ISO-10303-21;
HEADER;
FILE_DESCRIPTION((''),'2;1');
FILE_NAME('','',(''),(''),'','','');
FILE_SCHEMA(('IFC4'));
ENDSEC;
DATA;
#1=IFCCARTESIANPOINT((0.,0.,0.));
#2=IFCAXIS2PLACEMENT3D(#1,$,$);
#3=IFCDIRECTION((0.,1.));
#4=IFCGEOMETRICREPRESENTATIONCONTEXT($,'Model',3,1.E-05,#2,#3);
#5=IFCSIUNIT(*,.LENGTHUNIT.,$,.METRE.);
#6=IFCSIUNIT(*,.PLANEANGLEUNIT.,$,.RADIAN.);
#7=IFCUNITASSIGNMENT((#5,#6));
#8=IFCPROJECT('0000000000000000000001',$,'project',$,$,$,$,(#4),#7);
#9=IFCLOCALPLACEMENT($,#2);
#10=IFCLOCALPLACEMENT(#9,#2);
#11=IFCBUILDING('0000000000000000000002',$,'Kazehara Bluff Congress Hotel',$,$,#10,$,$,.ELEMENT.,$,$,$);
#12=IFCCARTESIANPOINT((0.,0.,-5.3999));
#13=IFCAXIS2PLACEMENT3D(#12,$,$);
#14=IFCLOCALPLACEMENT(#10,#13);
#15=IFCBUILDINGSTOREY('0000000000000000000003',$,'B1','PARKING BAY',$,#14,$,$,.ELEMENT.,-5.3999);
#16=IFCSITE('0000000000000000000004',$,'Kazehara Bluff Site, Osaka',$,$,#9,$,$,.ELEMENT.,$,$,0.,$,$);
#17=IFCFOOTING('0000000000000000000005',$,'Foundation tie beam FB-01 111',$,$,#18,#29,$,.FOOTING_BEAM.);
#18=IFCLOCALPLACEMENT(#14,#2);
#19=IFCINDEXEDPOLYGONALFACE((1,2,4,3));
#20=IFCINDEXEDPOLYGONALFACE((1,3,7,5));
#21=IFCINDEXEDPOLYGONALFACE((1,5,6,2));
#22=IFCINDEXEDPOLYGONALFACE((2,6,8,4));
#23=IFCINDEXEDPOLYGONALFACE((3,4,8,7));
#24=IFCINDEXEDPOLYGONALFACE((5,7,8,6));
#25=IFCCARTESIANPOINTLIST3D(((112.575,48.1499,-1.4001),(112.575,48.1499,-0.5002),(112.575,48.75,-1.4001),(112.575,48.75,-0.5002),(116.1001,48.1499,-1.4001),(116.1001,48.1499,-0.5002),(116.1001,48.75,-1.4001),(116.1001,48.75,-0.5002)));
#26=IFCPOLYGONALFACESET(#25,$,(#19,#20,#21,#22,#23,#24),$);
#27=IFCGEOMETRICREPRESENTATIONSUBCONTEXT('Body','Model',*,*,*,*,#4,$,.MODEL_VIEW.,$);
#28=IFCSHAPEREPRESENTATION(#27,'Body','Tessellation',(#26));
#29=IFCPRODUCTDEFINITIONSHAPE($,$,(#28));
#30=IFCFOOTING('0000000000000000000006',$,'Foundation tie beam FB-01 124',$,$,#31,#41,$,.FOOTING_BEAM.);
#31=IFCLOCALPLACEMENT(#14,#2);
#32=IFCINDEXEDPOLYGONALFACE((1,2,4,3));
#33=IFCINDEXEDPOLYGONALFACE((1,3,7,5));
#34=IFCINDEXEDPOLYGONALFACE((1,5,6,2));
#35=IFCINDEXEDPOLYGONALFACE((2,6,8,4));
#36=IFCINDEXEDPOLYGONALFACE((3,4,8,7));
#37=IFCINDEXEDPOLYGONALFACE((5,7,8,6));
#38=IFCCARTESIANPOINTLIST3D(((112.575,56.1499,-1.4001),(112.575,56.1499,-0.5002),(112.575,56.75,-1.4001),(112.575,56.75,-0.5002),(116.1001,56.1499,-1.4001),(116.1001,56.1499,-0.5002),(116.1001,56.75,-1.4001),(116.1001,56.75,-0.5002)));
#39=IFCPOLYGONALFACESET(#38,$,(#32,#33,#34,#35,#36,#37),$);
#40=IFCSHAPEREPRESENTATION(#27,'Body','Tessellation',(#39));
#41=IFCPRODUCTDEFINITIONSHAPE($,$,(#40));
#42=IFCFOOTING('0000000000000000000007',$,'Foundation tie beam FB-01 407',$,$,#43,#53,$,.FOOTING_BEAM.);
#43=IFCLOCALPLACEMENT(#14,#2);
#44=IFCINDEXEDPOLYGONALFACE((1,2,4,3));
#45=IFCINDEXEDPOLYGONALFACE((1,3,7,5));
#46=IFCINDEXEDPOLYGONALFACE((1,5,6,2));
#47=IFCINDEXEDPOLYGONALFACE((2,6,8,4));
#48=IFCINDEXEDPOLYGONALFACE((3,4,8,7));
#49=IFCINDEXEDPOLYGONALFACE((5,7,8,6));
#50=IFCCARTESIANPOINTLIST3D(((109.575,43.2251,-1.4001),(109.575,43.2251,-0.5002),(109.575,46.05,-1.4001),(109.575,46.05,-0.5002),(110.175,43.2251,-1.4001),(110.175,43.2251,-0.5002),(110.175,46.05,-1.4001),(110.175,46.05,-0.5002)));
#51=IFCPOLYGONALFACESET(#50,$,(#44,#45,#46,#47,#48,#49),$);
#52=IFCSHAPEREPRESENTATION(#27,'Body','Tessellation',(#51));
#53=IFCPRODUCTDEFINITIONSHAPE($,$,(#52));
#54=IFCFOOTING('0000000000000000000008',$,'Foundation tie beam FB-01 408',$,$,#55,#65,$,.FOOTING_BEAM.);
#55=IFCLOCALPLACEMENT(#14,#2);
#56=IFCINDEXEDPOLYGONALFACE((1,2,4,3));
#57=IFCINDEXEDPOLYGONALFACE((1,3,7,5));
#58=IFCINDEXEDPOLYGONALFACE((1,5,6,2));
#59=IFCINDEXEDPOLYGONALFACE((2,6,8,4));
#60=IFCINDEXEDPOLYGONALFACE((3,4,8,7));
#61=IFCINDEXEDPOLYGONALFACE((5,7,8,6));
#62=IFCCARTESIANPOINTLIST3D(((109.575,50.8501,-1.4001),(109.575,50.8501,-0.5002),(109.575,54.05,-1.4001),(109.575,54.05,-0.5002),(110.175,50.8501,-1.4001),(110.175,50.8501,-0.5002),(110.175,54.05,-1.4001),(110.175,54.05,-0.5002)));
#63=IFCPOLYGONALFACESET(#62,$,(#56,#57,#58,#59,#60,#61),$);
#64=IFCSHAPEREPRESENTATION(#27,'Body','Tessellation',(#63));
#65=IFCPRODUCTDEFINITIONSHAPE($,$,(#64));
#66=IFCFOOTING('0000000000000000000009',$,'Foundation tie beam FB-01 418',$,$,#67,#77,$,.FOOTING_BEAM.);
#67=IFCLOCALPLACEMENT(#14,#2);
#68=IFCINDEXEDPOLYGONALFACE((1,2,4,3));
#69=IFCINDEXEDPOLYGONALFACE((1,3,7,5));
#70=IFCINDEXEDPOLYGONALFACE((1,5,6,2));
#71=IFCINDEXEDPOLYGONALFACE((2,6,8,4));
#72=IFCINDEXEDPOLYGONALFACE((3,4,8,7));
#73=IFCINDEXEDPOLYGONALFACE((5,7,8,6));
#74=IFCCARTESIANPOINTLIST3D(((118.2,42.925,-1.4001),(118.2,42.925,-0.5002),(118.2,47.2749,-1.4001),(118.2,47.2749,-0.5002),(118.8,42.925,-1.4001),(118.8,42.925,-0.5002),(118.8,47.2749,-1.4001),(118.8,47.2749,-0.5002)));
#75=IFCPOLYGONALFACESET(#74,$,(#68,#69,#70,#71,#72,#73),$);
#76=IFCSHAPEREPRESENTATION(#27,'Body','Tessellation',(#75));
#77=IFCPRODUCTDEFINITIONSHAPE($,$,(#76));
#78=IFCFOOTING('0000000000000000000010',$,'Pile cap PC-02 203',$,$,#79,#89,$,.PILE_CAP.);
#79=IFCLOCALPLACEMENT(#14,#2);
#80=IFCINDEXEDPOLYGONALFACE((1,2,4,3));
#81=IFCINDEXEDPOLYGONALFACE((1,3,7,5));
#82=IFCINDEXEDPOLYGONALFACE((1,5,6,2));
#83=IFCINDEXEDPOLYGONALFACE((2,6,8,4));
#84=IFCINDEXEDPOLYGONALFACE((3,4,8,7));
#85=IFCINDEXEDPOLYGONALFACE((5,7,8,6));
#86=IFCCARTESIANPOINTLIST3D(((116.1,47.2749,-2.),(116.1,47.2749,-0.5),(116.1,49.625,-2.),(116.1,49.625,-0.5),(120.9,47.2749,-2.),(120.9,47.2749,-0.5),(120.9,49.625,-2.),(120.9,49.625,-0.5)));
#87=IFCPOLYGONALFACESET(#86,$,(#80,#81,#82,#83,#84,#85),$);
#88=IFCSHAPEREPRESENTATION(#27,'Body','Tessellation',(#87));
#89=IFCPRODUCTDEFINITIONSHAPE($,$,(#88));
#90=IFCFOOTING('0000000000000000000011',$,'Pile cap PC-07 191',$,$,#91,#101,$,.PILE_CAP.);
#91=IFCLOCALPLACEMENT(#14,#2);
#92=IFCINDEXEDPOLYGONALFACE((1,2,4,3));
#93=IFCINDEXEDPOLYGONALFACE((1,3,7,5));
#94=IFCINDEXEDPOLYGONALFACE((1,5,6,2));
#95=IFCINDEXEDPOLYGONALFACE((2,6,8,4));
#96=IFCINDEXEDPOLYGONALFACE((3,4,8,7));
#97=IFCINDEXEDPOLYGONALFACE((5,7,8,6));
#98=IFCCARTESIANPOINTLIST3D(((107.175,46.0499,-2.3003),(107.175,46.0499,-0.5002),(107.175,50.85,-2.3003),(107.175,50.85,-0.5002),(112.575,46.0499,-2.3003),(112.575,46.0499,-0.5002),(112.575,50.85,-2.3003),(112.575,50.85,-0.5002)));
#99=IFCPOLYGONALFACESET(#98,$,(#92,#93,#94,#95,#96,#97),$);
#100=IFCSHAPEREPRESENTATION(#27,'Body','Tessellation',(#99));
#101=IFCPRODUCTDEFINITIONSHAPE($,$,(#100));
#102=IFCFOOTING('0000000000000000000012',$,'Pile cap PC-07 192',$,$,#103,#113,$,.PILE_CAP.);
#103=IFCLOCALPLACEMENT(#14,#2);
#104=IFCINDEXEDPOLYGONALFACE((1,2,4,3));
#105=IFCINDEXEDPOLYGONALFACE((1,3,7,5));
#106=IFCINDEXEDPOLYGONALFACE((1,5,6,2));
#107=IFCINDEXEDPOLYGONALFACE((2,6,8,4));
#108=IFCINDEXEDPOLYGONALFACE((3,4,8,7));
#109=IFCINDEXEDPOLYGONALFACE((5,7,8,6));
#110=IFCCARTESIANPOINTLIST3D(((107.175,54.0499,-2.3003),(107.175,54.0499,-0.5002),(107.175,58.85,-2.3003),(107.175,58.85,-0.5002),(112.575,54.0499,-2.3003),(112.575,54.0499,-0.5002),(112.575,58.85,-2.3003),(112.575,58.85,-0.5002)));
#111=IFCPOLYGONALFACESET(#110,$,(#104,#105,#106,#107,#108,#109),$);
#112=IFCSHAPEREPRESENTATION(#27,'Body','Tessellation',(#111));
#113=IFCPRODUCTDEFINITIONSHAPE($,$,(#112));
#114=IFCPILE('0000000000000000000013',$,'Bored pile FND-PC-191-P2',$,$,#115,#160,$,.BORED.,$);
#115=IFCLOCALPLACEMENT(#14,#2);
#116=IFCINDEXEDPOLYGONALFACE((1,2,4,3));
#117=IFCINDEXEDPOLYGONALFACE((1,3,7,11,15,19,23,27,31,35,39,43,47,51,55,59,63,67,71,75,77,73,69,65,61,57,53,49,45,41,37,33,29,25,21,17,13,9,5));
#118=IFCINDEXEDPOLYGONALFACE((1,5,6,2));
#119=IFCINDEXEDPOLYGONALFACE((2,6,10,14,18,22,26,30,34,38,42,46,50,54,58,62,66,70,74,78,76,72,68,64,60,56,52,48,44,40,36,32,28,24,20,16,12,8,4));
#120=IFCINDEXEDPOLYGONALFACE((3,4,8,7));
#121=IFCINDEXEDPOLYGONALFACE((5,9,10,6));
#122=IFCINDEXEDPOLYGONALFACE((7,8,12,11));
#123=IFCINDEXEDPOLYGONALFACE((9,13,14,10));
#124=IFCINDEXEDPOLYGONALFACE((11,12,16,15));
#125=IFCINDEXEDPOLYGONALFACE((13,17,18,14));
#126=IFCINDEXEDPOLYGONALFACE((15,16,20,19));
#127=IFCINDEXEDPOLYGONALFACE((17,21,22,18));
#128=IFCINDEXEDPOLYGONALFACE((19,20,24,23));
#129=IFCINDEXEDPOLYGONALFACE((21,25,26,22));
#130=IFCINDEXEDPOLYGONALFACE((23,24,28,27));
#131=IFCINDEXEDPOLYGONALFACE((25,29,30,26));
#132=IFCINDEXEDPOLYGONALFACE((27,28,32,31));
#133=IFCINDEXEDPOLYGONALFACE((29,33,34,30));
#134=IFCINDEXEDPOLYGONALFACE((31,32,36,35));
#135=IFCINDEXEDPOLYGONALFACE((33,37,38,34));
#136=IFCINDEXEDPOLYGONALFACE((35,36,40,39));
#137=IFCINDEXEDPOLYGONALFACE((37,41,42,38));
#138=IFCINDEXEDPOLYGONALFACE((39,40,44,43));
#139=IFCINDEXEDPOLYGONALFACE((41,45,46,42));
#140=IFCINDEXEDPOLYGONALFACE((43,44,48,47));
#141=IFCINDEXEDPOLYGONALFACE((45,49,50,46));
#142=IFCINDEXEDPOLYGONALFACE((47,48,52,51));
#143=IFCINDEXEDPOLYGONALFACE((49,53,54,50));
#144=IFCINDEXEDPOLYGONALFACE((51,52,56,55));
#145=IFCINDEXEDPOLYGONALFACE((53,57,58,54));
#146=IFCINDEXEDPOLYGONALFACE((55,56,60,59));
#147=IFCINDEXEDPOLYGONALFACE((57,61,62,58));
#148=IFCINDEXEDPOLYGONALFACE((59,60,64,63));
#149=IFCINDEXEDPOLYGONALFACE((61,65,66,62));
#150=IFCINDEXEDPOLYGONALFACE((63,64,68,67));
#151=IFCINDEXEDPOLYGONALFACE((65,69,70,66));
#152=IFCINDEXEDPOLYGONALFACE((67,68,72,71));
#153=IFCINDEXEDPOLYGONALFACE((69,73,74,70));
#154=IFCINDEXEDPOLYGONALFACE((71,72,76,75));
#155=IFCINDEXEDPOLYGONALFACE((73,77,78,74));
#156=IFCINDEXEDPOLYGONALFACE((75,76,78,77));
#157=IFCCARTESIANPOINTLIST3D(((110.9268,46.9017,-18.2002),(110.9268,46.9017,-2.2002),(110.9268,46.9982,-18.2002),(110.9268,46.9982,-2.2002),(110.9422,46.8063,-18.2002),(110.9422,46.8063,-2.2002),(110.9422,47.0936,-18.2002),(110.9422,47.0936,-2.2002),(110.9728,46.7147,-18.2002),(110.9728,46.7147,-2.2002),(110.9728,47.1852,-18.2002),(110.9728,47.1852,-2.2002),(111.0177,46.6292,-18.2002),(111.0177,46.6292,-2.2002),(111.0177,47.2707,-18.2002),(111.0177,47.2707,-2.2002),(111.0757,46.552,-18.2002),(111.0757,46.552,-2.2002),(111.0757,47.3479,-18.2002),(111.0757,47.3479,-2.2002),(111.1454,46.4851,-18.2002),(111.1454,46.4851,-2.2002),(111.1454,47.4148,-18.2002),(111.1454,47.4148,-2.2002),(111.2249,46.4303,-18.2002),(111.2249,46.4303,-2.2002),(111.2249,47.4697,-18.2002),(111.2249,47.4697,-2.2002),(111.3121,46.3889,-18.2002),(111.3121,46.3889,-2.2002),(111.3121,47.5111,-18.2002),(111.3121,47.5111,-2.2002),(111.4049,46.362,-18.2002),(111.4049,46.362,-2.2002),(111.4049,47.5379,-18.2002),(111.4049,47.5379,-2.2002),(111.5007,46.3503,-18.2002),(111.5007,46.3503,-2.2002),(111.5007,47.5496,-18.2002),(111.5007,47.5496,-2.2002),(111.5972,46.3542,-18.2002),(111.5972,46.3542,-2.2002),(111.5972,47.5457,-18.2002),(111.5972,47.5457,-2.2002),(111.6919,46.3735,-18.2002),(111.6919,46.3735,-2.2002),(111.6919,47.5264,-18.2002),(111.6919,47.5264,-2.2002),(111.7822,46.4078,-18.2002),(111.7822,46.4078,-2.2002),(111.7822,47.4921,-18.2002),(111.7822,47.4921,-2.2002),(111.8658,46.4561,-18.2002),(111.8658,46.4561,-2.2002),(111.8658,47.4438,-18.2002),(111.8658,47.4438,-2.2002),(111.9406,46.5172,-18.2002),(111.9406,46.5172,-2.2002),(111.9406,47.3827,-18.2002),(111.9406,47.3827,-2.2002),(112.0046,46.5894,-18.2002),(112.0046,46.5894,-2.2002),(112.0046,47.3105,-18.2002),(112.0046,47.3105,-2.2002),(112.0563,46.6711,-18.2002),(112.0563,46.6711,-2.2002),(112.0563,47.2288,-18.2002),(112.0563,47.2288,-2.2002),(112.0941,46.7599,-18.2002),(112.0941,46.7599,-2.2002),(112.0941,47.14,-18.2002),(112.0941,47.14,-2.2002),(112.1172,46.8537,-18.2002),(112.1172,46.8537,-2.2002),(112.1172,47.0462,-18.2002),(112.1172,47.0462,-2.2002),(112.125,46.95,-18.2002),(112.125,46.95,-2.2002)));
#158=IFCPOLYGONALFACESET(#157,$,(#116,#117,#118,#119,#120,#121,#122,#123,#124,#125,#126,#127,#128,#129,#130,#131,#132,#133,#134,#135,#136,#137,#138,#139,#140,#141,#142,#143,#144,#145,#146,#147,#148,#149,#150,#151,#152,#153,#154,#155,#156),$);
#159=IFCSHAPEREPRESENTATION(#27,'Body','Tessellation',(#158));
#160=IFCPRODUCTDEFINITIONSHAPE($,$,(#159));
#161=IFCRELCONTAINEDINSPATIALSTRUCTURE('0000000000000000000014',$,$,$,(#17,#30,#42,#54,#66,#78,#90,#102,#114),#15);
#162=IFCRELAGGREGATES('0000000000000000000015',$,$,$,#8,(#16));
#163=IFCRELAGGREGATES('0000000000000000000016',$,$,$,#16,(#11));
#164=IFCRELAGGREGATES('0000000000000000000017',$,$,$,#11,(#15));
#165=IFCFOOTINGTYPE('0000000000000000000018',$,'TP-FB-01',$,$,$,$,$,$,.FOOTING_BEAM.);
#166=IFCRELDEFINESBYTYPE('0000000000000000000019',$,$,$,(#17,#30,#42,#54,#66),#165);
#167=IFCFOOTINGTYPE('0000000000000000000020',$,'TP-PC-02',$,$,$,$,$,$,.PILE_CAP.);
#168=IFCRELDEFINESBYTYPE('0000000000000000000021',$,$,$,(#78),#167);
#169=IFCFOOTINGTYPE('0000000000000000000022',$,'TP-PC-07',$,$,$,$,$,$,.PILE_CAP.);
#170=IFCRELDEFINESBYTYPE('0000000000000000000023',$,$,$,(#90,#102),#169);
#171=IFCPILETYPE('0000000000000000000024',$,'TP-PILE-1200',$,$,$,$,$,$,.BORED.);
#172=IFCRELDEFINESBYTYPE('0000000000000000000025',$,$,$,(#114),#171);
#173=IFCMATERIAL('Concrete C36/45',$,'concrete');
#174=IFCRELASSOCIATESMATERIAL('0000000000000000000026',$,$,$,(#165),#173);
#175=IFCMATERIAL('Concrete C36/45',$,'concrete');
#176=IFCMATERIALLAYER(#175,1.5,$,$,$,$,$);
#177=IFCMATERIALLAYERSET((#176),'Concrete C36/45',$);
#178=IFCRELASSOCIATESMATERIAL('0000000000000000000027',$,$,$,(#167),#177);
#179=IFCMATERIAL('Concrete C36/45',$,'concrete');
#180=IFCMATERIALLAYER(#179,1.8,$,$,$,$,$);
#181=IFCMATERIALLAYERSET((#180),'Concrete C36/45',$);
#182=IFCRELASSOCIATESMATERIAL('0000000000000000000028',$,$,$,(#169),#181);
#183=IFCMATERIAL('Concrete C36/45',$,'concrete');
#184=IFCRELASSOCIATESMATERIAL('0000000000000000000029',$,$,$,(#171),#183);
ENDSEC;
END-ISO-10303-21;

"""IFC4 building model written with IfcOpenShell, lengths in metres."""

from ifc_helpers import new_model, si_unit, direction, frame, origin, origin_2d, place, context, subcontext, project, spatial, rectangle, circle, extrude, material, layer, layer_set, material_profile, profile_set, type_object, element, save


model = new_model("IFC4")

# Units and contexts
model_context = context("Model", 3, precision=1e-05, world=origin(), true_north=direction((0.0, 1.0)))
body_context = subcontext(model_context, "Body", "Model", "MODEL_VIEW")
ifc_project = project(units=[si_unit("LENGTHUNIT", "METRE"), si_unit("PLANEANGLEUNIT", "RADIAN")], contexts=[model_context])

# Site, building, storey
site_placement = place(None, origin())
site = spatial("IfcSite", under=ifc_project, at=site_placement, Name="Kazehara Bluff Site, Osaka", CompositionType="ELEMENT", RefElevation=0.0)
building_placement = place(site_placement, origin())
building = spatial("IfcBuilding", under=site, at=building_placement, Name="Kazehara Bluff Congress Hotel", CompositionType="ELEMENT")
storey_placement = place(building_placement, frame((0.0, 0.0, -5.3999)))
storey = spatial("IfcBuildingStorey", under=building, at=storey_placement, Name="B1", Description="PARKING BAY", CompositionType="ELEMENT", Elevation=-5.3999)

# Footings
ifc_material_1 = material(Name="Concrete C36/45", Category="concrete")
ifc_material_profile_1 = material_profile(ifc_material_1, rectangle(XDim=0.6001, YDim=0.8999, at=origin_2d()))
ifc_profile_set_1 = profile_set([ifc_material_profile_1], Name="Concrete C36/45")
footing_type_1 = type_object("IfcFootingType", Name="TP-FB-01", PredefinedType="FOOTING_BEAM", material=ifc_profile_set_1)
for number, where, z_axis, x_axis, name in (
    (1, (112.575, 48.45, -0.9502), (1.0, 0.0, 0.0), (0.0, 1.0, 0.0), "Foundation tie beam FB-01 111"),
    (2, (112.575, 56.45, -0.9502), (1.0, 0.0, 0.0), (0.0, 1.0, 0.0), "Foundation tie beam FB-01 124"),
):
    element("IfcFooting", number, at=place(storey_placement, frame(where, z_axis=z_axis, x_axis=x_axis)), inside=storey, type_object=footing_type_1, Name=name, PredefinedType="FOOTING_BEAM", context=body_context, shape_type="SweptSolid", body=[
        extrude(rectangle(XDim=0.6001, YDim=0.8999, at=origin_2d()), origin(), (0.0, 0.0, 1.0), 3.5251),
    ])
footing_1_placement = place(storey_placement, frame((109.875, 43.2251, -0.9502), z_axis=(0.0, 1.0, 0.0), x_axis=(-1.0, 0.0, 0.0)))
element("IfcFooting", 3, at=footing_1_placement, inside=storey, type_object=footing_type_1, Name="Foundation tie beam FB-01 407", PredefinedType="FOOTING_BEAM", context=body_context, shape_type="SweptSolid", body=[
    extrude(rectangle(XDim=0.6001, YDim=0.8999, at=origin_2d()), origin(), (0.0, 0.0, 1.0), 2.825),
])
footing_2_placement = place(storey_placement, frame((109.875, 50.8501, -0.9502), z_axis=(0.0, 1.0, 0.0), x_axis=(-1.0, 0.0, 0.0)))
element("IfcFooting", 4, at=footing_2_placement, inside=storey, type_object=footing_type_1, Name="Foundation tie beam FB-01 408", PredefinedType="FOOTING_BEAM", context=body_context, shape_type="SweptSolid", body=[
    extrude(rectangle(XDim=0.6001, YDim=0.8999, at=origin_2d()), origin(), (0.0, 0.0, 1.0), 3.2),
])
footing_3_placement = place(storey_placement, frame((118.5, 42.925, -0.9502), z_axis=(0.0, 1.0, 0.0), x_axis=(-1.0, 0.0, 0.0)))
element("IfcFooting", 5, at=footing_3_placement, inside=storey, type_object=footing_type_1, Name="Foundation tie beam FB-01 418", PredefinedType="FOOTING_BEAM", context=body_context, shape_type="SweptSolid", body=[
    extrude(rectangle(XDim=0.6001, YDim=0.8999, at=origin_2d()), origin(), (0.0, 0.0, 1.0), 4.3499),
])
ifc_material_2 = material(Name="Concrete C36/45", Category="concrete")
ifc_layer_1 = layer(ifc_material_2, 1.5)
ifc_layer_set_1 = layer_set([ifc_layer_1], Name="Concrete C36/45")
footing_type_2 = type_object("IfcFootingType", Name="TP-PC-02", PredefinedType="PILE_CAP", material=ifc_layer_set_1)
footing_4_placement = place(storey_placement, frame((118.5, 48.45, -2.0), z_axis=(0.0, 0.0, 1.0), x_axis=(1.0, 0.0, 0.0)))
element("IfcFooting", 6, at=footing_4_placement, inside=storey, type_object=footing_type_2, Name="Pile cap PC-02 203", PredefinedType="PILE_CAP", context=body_context, shape_type="SweptSolid", body=[
    extrude(rectangle(XDim=4.8, YDim=2.3501, at=origin_2d()), origin(), (0.0, 0.0, 1.0), 1.5),
])
ifc_material_3 = material(Name="Concrete C36/45", Category="concrete")
ifc_layer_2 = layer(ifc_material_3, 1.8)
ifc_layer_set_2 = layer_set([ifc_layer_2], Name="Concrete C36/45")
footing_type_3 = type_object("IfcFootingType", Name="TP-PC-07", PredefinedType="PILE_CAP", material=ifc_layer_set_2)
for number, where, z_axis, x_axis, name in (
    (7, (109.875, 48.45, -2.3003), (0.0, 0.0, 1.0), (1.0, 0.0, 0.0), "Pile cap PC-07 191"),
    (8, (109.875, 56.45, -2.3003), (0.0, 0.0, 1.0), (1.0, 0.0, 0.0), "Pile cap PC-07 192"),
):
    element("IfcFooting", number, at=place(storey_placement, frame(where, z_axis=z_axis, x_axis=x_axis)), inside=storey, type_object=footing_type_3, Name=name, PredefinedType="PILE_CAP", context=body_context, shape_type="SweptSolid", body=[
        extrude(rectangle(XDim=5.3999, YDim=4.8, at=origin_2d()), origin(), (0.0, 0.0, 1.0), 1.8),
    ])

# Pile
ifc_material_4 = material(Name="Concrete C36/45", Category="concrete")
ifc_material_profile_2 = material_profile(ifc_material_4, circle(Radius=0.6001, at=origin_2d()))
ifc_profile_set_2 = profile_set([ifc_material_profile_2], Name="Concrete C36/45")
pile_type_1 = type_object("IfcPileType", Name="TP-PILE-1200", PredefinedType="BORED", material=ifc_profile_set_2)
for number, where, z_axis, x_axis, name in (
    (9, (111.5249, 46.95, -2.2002), (0.0, 0.0, -1.0), (1.0, 0.0, 0.0), "Bored pile FND-PC-191-P2"),
):
    element("IfcPile", number, at=place(storey_placement, frame(where, z_axis=z_axis, x_axis=x_axis)), inside=storey, type_object=pile_type_1, Name=name, PredefinedType="BORED", context=body_context, shape_type="SweptSolid", body=[
        extrude(circle(Radius=0.6001, at=origin_2d()), origin(), (0.0, 0.0, 1.0), 16.0),
    ])

save(model, "model.ifc")
